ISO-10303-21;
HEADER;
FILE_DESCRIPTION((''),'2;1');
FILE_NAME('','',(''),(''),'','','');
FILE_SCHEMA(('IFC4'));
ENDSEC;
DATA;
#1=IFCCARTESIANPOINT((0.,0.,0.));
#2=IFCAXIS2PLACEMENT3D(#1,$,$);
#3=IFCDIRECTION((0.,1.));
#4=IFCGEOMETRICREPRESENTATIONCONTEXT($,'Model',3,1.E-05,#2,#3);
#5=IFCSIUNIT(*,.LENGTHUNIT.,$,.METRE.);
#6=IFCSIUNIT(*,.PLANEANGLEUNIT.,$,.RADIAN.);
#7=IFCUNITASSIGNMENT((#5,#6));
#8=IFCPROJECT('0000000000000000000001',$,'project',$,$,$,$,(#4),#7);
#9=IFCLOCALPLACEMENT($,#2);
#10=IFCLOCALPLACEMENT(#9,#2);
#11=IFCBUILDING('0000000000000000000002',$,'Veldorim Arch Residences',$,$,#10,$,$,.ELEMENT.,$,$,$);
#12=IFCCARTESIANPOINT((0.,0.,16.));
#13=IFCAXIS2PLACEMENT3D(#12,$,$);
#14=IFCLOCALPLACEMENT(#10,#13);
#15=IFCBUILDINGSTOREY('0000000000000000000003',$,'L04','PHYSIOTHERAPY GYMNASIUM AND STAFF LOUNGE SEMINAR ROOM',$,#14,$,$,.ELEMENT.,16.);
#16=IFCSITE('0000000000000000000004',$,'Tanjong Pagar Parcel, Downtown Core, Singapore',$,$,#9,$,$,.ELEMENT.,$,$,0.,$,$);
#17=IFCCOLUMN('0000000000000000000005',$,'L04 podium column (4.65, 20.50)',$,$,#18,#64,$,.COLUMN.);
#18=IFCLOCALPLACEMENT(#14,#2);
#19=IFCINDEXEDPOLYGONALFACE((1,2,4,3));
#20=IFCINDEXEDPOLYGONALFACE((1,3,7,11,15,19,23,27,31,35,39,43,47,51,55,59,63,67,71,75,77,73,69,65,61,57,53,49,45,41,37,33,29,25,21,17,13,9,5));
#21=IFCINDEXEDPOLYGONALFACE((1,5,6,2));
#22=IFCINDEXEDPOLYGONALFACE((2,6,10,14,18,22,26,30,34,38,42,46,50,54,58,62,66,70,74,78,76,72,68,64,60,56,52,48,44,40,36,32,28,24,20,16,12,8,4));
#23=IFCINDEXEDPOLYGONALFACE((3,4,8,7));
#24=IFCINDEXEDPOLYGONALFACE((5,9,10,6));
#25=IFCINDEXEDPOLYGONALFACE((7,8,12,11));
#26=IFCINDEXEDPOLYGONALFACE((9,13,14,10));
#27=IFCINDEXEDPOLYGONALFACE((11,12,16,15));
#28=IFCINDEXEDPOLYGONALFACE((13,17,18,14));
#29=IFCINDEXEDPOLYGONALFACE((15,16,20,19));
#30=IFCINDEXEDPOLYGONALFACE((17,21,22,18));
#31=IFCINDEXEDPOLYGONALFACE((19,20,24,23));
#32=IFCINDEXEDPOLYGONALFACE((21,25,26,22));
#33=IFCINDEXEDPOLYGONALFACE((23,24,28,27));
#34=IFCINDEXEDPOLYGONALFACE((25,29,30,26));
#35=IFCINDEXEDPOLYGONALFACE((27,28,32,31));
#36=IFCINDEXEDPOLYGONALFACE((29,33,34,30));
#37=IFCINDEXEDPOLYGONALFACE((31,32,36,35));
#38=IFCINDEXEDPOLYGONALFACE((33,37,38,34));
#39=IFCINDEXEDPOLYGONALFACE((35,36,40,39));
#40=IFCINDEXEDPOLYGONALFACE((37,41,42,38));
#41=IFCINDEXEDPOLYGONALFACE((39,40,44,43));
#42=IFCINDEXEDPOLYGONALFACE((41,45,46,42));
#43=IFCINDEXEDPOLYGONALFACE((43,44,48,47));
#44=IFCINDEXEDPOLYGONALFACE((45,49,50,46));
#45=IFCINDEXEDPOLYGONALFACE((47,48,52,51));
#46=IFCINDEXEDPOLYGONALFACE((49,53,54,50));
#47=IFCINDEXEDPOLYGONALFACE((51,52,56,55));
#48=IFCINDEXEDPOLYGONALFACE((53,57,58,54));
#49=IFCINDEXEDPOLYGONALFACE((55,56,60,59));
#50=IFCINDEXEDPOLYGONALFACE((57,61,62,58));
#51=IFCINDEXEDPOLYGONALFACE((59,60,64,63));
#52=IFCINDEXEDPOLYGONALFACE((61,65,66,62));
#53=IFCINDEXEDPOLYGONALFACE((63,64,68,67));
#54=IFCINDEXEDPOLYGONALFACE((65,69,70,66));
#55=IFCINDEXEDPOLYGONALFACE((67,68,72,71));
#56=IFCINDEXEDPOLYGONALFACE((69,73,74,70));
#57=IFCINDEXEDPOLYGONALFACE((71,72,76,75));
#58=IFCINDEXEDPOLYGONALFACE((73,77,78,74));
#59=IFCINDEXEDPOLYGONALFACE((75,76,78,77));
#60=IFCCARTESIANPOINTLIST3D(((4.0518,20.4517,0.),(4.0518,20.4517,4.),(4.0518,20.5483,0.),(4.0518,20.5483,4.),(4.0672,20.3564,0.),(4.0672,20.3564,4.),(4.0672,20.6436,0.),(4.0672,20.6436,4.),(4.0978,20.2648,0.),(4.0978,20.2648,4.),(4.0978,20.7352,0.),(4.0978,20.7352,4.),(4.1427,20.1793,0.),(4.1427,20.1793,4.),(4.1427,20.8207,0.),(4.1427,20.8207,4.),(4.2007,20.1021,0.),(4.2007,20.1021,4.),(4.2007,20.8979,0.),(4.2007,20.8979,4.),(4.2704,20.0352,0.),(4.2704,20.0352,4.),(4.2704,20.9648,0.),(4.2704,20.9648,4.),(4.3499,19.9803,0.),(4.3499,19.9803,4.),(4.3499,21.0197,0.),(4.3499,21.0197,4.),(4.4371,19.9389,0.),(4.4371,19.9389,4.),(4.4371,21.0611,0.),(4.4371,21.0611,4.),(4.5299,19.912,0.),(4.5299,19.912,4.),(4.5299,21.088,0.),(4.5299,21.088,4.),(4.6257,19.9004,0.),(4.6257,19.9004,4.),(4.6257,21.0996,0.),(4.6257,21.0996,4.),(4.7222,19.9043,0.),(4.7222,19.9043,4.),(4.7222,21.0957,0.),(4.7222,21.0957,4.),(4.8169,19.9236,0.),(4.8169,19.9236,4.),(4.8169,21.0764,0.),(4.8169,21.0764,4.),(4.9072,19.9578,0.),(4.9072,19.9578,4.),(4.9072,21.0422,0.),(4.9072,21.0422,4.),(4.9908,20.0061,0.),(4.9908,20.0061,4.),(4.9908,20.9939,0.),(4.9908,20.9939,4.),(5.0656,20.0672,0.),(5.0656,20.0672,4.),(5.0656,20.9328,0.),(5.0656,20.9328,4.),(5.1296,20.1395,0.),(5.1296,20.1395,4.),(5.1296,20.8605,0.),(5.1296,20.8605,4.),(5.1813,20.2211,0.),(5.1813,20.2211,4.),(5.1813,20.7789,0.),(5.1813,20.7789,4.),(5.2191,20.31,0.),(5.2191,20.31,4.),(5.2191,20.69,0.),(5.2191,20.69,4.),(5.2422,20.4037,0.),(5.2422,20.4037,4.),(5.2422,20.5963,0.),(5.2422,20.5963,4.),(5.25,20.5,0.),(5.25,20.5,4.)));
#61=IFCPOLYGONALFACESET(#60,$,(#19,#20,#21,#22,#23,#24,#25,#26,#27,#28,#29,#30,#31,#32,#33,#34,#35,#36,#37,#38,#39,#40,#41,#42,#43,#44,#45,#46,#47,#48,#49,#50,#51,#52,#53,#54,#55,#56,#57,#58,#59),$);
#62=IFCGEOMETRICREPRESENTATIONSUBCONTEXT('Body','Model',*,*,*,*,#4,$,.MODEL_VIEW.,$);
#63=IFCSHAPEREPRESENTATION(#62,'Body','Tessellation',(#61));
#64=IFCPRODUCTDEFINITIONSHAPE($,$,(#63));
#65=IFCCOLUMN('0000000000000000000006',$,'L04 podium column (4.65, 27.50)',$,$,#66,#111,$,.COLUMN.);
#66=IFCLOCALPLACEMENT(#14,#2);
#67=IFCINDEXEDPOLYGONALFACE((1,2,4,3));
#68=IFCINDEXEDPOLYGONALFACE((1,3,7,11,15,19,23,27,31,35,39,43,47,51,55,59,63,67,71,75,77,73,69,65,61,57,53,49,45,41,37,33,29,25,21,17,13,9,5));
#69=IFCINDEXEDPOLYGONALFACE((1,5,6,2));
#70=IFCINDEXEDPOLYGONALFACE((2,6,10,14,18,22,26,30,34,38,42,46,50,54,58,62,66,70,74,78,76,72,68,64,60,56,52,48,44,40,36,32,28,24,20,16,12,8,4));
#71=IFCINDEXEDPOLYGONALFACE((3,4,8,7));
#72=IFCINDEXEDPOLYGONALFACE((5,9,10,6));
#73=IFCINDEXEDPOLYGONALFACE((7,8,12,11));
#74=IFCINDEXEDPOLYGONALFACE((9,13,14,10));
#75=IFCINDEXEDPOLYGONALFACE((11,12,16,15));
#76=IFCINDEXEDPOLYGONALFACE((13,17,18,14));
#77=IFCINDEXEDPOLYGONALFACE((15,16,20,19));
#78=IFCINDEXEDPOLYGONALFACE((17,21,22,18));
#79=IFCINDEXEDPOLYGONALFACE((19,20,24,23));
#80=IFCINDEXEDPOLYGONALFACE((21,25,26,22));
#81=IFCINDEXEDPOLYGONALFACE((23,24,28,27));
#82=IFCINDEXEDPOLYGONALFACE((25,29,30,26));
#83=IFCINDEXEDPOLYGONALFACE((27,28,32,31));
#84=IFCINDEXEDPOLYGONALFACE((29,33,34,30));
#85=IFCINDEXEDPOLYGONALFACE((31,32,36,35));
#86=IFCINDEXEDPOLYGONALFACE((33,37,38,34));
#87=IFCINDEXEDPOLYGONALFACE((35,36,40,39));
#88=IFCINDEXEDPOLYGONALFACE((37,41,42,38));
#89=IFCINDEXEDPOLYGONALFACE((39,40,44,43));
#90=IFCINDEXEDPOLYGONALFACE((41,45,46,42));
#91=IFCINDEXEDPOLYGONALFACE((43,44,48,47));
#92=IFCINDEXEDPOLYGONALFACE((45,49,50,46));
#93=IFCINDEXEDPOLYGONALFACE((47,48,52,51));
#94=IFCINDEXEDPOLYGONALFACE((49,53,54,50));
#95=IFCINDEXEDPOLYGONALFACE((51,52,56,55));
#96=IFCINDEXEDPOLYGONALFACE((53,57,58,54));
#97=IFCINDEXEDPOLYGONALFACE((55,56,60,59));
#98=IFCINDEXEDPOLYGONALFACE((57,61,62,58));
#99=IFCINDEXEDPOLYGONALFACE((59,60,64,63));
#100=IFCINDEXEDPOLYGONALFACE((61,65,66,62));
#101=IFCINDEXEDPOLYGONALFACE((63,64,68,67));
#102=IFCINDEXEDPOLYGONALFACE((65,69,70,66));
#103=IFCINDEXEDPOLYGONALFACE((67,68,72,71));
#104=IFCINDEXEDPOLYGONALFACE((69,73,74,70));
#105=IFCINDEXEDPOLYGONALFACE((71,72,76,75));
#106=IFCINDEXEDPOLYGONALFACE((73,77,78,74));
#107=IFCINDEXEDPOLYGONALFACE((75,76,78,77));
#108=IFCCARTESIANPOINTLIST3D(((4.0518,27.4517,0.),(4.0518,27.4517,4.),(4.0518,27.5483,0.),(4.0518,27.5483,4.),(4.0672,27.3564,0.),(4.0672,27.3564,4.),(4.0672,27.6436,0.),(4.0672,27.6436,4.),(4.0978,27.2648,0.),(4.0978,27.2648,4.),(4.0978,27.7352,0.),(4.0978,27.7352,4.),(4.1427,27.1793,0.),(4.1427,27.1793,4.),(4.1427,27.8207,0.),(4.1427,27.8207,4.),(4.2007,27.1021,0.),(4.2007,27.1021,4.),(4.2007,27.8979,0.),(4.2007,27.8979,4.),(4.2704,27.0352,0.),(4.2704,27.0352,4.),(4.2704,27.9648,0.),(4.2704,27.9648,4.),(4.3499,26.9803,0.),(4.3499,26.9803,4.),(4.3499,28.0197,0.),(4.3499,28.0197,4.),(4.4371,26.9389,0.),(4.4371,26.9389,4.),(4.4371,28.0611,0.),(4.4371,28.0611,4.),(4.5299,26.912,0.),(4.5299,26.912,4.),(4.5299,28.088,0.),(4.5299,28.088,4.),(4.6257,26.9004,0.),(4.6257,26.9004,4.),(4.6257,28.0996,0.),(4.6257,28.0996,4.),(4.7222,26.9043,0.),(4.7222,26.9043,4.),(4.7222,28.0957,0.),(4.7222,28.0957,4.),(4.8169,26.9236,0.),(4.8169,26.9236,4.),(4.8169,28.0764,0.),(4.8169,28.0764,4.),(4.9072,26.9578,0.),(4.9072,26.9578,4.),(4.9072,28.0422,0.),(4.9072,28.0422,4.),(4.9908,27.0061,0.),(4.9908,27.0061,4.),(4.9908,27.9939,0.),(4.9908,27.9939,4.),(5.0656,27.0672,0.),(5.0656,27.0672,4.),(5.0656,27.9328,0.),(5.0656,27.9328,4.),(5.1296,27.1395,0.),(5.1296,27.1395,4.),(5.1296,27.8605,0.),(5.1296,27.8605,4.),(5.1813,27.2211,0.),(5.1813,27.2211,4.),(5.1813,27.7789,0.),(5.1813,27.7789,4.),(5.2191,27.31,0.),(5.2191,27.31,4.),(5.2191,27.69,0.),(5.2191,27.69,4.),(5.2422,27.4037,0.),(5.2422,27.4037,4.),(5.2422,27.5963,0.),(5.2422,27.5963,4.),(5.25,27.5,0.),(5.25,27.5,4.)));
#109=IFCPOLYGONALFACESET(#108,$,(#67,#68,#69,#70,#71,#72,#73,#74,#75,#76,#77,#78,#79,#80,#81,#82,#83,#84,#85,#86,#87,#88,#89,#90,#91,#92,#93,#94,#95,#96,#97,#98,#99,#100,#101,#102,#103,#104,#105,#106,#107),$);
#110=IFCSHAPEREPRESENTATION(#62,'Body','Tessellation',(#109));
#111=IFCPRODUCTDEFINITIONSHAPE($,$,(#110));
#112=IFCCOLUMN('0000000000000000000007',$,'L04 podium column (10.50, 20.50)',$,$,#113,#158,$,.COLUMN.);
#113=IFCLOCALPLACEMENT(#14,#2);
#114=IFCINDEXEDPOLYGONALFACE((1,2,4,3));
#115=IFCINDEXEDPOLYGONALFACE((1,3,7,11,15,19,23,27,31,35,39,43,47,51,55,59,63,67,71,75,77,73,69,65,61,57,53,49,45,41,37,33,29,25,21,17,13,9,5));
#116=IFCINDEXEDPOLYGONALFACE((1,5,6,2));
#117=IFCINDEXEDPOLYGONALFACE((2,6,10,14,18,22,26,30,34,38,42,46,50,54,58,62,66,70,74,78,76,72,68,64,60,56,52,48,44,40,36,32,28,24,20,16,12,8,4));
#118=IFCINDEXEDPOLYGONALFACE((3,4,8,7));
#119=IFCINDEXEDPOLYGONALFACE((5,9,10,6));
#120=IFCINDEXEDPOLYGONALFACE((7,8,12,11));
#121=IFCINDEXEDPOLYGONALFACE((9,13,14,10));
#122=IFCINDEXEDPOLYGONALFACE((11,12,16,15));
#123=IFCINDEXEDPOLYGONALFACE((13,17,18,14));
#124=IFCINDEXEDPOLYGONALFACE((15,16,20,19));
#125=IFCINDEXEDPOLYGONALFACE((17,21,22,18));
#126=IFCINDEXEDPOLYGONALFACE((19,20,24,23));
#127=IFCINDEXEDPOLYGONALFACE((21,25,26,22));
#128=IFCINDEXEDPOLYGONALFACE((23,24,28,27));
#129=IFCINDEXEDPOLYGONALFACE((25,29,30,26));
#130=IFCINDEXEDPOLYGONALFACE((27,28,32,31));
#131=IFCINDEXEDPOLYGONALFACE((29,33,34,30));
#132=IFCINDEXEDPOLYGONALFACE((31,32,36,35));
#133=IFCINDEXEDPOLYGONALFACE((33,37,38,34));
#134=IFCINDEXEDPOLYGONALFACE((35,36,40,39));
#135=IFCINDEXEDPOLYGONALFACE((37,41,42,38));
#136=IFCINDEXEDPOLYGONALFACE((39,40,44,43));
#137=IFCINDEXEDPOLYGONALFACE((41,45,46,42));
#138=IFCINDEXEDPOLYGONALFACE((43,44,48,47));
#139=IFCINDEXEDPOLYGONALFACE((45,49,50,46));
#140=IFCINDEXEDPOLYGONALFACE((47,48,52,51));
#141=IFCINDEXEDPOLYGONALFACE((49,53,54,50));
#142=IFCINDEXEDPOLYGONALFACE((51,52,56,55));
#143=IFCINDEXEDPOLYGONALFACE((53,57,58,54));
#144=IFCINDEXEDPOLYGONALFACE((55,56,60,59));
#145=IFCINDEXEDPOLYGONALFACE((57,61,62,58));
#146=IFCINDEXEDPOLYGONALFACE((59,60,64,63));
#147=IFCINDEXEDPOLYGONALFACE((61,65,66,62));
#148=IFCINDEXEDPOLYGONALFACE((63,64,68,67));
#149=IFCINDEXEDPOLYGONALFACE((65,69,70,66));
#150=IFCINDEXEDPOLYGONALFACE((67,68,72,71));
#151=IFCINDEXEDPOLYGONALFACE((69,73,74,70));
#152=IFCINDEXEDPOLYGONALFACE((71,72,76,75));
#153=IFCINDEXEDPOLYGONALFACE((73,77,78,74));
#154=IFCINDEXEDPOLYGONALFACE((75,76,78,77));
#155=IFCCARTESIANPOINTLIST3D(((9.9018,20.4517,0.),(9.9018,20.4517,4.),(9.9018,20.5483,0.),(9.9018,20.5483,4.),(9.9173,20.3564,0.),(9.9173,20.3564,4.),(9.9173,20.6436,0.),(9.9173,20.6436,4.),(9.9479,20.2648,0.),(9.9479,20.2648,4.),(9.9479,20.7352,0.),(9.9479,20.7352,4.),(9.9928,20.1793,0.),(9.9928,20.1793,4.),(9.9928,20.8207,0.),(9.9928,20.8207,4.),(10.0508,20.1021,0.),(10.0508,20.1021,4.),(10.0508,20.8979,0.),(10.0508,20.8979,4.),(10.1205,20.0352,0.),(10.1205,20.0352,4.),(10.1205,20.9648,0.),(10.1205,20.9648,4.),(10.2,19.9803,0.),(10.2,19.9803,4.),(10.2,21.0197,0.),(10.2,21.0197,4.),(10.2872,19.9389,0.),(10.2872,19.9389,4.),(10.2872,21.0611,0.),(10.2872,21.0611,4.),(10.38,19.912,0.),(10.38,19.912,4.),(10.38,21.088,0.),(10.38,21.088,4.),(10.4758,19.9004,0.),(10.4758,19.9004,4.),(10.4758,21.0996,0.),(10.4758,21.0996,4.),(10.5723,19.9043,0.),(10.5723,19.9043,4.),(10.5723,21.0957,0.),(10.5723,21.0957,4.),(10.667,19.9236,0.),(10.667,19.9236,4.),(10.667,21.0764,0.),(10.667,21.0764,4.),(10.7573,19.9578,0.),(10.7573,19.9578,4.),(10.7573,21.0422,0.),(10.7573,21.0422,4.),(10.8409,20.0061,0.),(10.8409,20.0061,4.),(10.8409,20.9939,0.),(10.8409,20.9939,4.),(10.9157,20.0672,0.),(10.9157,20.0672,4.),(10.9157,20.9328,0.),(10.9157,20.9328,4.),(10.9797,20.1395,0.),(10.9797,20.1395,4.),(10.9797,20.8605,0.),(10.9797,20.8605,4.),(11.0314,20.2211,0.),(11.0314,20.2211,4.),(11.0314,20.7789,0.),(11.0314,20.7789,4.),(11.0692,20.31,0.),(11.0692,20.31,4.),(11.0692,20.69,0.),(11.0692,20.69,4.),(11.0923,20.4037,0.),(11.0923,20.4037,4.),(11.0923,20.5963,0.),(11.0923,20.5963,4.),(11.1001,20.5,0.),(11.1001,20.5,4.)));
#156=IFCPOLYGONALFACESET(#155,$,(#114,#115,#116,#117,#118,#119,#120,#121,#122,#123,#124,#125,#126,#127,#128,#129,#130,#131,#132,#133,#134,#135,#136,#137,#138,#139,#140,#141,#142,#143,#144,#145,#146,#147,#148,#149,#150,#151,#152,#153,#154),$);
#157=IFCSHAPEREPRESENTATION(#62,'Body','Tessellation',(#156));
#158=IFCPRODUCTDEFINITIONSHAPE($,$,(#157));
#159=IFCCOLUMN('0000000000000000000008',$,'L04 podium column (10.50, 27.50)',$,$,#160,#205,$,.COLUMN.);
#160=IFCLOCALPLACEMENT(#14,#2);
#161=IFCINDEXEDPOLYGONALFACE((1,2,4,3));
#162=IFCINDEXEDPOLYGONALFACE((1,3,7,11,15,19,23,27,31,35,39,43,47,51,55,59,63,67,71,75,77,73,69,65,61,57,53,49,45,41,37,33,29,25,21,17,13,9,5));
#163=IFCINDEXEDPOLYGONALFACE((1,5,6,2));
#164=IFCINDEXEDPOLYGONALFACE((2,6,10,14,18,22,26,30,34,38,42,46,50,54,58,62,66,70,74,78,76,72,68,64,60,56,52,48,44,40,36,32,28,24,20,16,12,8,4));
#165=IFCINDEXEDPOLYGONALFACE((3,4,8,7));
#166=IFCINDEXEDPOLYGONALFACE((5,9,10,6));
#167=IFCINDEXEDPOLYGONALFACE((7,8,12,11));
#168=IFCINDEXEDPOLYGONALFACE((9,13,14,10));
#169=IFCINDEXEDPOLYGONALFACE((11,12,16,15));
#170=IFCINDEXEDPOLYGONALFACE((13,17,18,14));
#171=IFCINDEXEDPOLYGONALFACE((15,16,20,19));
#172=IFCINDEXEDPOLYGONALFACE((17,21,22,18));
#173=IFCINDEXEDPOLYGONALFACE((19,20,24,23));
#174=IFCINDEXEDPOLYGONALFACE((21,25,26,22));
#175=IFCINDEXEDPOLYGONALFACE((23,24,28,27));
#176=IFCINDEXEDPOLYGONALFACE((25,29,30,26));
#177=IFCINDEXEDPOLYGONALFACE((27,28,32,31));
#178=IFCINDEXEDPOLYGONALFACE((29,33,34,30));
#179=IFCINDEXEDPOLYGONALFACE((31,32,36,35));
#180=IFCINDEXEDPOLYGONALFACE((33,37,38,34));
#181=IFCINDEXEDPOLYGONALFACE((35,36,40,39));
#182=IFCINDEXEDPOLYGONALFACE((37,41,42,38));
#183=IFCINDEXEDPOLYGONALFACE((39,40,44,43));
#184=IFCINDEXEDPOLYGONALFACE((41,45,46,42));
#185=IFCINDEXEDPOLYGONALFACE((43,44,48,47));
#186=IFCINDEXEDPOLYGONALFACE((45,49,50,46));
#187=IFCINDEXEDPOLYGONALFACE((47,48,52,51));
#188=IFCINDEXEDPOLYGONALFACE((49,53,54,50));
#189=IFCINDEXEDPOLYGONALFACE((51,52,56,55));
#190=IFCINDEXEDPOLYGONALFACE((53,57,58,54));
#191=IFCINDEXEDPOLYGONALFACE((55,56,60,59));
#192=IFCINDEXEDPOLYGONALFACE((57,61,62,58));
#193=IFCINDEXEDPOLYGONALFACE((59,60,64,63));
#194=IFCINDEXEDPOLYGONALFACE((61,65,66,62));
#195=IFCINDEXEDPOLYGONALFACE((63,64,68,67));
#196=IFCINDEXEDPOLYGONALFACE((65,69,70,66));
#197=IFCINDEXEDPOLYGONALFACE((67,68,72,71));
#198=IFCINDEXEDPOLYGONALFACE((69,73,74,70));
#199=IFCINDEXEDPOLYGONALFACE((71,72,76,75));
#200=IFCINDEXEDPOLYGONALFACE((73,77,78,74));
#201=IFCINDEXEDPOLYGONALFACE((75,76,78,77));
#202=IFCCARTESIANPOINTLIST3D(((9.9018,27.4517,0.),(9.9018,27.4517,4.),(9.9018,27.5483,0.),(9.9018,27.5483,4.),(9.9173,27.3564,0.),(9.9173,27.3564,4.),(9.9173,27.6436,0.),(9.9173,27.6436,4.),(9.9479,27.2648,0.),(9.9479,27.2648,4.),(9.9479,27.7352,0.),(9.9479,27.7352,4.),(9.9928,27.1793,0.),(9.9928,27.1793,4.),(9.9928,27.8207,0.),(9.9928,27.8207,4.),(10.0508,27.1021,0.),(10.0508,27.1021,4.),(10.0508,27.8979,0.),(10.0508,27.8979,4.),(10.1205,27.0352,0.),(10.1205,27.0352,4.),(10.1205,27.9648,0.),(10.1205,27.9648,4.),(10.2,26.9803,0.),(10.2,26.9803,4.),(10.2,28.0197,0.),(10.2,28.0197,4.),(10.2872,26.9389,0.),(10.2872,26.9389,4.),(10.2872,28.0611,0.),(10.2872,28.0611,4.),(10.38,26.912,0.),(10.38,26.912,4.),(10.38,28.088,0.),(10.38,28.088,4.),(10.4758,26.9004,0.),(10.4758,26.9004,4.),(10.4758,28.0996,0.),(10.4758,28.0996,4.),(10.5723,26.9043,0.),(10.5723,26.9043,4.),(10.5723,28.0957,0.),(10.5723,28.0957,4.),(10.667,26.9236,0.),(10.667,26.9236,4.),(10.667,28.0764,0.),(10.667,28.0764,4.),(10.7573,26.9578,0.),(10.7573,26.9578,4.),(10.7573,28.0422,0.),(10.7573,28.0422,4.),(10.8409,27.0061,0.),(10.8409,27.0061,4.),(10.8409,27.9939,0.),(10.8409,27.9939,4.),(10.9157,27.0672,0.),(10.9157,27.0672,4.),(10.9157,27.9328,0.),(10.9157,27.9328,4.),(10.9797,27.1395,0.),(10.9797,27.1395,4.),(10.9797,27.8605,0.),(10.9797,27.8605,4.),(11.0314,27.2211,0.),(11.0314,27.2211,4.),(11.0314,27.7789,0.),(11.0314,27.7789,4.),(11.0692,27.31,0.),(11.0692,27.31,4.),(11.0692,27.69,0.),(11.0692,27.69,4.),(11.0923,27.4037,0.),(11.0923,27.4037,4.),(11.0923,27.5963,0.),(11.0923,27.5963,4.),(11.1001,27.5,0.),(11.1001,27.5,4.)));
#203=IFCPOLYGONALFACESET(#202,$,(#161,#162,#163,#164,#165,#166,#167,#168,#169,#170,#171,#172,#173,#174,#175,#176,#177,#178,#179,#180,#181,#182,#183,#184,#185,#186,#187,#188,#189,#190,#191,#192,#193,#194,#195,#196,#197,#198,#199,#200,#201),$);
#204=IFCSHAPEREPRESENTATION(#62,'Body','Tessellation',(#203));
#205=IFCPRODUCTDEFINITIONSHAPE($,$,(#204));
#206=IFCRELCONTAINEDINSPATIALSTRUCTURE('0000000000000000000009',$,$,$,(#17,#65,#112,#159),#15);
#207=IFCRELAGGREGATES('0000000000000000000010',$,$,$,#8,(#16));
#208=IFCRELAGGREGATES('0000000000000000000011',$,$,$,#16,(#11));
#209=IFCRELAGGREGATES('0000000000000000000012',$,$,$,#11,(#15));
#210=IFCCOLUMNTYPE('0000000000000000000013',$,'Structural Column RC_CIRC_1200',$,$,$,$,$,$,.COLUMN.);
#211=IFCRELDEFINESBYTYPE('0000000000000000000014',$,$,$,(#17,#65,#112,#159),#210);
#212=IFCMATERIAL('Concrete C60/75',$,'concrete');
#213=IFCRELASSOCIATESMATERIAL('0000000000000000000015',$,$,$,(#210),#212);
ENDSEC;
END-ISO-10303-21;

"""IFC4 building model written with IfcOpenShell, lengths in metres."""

from ifc_helpers import new_model, si_unit, direction, frame, origin, origin_2d, place, context, subcontext, project, spatial, circle, extrude, material, material_profile, profile_set, type_object, element, save


model = new_model("IFC4")

# Units and contexts
model_context = context("Model", 3, precision=1e-05, world=origin(), true_north=direction((0.0, 1.0)))
body_context = subcontext(model_context, "Body", "Model", "MODEL_VIEW")
ifc_project = project(units=[si_unit("LENGTHUNIT", "METRE"), si_unit("PLANEANGLEUNIT", "RADIAN")], contexts=[model_context])

# Site, building, storey
site_placement = place(None, origin())
site = spatial("IfcSite", under=ifc_project, at=site_placement, Name="Tanjong Pagar Parcel, Downtown Core, Singapore", CompositionType="ELEMENT", RefElevation=0.0)
building_placement = place(site_placement, origin())
building = spatial("IfcBuilding", under=site, at=building_placement, Name="Veldorim Arch Residences", CompositionType="ELEMENT")
storey_placement = place(building_placement, frame((0.0, 0.0, 16.0)))
storey = spatial("IfcBuildingStorey", under=building, at=storey_placement, Name="L04", Description="PHYSIOTHERAPY GYMNASIUM AND STAFF LOUNGE SEMINAR ROOM", CompositionType="ELEMENT", Elevation=16.0)

# Columns
ifc_material_1 = material(Name="Concrete C60/75", Category="concrete")
ifc_material_profile_1 = material_profile(ifc_material_1, circle(Radius=0.6001, at=origin_2d()), Name="RC_CIRC_1200")
ifc_profile_set_1 = profile_set([ifc_material_profile_1], Name="Concrete C60/75")
column_type = type_object("IfcColumnType", Name="Structural Column RC_CIRC_1200", PredefinedType="COLUMN", material=ifc_profile_set_1)
for number, where, z_axis, x_axis, name in (
    (1, (4.6499, 20.5, 0.0), (0.0, 0.0, 1.0), (1.0, 0.0, 0.0), "L04 podium column (4.65, 20.50)"),
    (2, (4.6499, 27.5, 0.0), (0.0, 0.0, 1.0), (1.0, 0.0, 0.0), "L04 podium column (4.65, 27.50)"),
    (3, (10.5, 20.5, 0.0), (0.0, 0.0, 1.0), (1.0, 0.0, 0.0), "L04 podium column (10.50, 20.50)"),
    (4, (10.5, 27.5, 0.0), (0.0, 0.0, 1.0), (1.0, 0.0, 0.0), "L04 podium column (10.50, 27.50)"),
):
    element("IfcColumn", number, at=place(storey_placement, frame(where, z_axis=z_axis, x_axis=x_axis)), inside=storey, type_object=column_type, Name=name, PredefinedType="COLUMN", context=body_context, shape_type="SweptSolid", body=[
        extrude(circle(Radius=0.6001, at=origin_2d()), origin(), (0.0, 0.0, 1.0), 4.0),
    ])

save(model, "model.ifc")
